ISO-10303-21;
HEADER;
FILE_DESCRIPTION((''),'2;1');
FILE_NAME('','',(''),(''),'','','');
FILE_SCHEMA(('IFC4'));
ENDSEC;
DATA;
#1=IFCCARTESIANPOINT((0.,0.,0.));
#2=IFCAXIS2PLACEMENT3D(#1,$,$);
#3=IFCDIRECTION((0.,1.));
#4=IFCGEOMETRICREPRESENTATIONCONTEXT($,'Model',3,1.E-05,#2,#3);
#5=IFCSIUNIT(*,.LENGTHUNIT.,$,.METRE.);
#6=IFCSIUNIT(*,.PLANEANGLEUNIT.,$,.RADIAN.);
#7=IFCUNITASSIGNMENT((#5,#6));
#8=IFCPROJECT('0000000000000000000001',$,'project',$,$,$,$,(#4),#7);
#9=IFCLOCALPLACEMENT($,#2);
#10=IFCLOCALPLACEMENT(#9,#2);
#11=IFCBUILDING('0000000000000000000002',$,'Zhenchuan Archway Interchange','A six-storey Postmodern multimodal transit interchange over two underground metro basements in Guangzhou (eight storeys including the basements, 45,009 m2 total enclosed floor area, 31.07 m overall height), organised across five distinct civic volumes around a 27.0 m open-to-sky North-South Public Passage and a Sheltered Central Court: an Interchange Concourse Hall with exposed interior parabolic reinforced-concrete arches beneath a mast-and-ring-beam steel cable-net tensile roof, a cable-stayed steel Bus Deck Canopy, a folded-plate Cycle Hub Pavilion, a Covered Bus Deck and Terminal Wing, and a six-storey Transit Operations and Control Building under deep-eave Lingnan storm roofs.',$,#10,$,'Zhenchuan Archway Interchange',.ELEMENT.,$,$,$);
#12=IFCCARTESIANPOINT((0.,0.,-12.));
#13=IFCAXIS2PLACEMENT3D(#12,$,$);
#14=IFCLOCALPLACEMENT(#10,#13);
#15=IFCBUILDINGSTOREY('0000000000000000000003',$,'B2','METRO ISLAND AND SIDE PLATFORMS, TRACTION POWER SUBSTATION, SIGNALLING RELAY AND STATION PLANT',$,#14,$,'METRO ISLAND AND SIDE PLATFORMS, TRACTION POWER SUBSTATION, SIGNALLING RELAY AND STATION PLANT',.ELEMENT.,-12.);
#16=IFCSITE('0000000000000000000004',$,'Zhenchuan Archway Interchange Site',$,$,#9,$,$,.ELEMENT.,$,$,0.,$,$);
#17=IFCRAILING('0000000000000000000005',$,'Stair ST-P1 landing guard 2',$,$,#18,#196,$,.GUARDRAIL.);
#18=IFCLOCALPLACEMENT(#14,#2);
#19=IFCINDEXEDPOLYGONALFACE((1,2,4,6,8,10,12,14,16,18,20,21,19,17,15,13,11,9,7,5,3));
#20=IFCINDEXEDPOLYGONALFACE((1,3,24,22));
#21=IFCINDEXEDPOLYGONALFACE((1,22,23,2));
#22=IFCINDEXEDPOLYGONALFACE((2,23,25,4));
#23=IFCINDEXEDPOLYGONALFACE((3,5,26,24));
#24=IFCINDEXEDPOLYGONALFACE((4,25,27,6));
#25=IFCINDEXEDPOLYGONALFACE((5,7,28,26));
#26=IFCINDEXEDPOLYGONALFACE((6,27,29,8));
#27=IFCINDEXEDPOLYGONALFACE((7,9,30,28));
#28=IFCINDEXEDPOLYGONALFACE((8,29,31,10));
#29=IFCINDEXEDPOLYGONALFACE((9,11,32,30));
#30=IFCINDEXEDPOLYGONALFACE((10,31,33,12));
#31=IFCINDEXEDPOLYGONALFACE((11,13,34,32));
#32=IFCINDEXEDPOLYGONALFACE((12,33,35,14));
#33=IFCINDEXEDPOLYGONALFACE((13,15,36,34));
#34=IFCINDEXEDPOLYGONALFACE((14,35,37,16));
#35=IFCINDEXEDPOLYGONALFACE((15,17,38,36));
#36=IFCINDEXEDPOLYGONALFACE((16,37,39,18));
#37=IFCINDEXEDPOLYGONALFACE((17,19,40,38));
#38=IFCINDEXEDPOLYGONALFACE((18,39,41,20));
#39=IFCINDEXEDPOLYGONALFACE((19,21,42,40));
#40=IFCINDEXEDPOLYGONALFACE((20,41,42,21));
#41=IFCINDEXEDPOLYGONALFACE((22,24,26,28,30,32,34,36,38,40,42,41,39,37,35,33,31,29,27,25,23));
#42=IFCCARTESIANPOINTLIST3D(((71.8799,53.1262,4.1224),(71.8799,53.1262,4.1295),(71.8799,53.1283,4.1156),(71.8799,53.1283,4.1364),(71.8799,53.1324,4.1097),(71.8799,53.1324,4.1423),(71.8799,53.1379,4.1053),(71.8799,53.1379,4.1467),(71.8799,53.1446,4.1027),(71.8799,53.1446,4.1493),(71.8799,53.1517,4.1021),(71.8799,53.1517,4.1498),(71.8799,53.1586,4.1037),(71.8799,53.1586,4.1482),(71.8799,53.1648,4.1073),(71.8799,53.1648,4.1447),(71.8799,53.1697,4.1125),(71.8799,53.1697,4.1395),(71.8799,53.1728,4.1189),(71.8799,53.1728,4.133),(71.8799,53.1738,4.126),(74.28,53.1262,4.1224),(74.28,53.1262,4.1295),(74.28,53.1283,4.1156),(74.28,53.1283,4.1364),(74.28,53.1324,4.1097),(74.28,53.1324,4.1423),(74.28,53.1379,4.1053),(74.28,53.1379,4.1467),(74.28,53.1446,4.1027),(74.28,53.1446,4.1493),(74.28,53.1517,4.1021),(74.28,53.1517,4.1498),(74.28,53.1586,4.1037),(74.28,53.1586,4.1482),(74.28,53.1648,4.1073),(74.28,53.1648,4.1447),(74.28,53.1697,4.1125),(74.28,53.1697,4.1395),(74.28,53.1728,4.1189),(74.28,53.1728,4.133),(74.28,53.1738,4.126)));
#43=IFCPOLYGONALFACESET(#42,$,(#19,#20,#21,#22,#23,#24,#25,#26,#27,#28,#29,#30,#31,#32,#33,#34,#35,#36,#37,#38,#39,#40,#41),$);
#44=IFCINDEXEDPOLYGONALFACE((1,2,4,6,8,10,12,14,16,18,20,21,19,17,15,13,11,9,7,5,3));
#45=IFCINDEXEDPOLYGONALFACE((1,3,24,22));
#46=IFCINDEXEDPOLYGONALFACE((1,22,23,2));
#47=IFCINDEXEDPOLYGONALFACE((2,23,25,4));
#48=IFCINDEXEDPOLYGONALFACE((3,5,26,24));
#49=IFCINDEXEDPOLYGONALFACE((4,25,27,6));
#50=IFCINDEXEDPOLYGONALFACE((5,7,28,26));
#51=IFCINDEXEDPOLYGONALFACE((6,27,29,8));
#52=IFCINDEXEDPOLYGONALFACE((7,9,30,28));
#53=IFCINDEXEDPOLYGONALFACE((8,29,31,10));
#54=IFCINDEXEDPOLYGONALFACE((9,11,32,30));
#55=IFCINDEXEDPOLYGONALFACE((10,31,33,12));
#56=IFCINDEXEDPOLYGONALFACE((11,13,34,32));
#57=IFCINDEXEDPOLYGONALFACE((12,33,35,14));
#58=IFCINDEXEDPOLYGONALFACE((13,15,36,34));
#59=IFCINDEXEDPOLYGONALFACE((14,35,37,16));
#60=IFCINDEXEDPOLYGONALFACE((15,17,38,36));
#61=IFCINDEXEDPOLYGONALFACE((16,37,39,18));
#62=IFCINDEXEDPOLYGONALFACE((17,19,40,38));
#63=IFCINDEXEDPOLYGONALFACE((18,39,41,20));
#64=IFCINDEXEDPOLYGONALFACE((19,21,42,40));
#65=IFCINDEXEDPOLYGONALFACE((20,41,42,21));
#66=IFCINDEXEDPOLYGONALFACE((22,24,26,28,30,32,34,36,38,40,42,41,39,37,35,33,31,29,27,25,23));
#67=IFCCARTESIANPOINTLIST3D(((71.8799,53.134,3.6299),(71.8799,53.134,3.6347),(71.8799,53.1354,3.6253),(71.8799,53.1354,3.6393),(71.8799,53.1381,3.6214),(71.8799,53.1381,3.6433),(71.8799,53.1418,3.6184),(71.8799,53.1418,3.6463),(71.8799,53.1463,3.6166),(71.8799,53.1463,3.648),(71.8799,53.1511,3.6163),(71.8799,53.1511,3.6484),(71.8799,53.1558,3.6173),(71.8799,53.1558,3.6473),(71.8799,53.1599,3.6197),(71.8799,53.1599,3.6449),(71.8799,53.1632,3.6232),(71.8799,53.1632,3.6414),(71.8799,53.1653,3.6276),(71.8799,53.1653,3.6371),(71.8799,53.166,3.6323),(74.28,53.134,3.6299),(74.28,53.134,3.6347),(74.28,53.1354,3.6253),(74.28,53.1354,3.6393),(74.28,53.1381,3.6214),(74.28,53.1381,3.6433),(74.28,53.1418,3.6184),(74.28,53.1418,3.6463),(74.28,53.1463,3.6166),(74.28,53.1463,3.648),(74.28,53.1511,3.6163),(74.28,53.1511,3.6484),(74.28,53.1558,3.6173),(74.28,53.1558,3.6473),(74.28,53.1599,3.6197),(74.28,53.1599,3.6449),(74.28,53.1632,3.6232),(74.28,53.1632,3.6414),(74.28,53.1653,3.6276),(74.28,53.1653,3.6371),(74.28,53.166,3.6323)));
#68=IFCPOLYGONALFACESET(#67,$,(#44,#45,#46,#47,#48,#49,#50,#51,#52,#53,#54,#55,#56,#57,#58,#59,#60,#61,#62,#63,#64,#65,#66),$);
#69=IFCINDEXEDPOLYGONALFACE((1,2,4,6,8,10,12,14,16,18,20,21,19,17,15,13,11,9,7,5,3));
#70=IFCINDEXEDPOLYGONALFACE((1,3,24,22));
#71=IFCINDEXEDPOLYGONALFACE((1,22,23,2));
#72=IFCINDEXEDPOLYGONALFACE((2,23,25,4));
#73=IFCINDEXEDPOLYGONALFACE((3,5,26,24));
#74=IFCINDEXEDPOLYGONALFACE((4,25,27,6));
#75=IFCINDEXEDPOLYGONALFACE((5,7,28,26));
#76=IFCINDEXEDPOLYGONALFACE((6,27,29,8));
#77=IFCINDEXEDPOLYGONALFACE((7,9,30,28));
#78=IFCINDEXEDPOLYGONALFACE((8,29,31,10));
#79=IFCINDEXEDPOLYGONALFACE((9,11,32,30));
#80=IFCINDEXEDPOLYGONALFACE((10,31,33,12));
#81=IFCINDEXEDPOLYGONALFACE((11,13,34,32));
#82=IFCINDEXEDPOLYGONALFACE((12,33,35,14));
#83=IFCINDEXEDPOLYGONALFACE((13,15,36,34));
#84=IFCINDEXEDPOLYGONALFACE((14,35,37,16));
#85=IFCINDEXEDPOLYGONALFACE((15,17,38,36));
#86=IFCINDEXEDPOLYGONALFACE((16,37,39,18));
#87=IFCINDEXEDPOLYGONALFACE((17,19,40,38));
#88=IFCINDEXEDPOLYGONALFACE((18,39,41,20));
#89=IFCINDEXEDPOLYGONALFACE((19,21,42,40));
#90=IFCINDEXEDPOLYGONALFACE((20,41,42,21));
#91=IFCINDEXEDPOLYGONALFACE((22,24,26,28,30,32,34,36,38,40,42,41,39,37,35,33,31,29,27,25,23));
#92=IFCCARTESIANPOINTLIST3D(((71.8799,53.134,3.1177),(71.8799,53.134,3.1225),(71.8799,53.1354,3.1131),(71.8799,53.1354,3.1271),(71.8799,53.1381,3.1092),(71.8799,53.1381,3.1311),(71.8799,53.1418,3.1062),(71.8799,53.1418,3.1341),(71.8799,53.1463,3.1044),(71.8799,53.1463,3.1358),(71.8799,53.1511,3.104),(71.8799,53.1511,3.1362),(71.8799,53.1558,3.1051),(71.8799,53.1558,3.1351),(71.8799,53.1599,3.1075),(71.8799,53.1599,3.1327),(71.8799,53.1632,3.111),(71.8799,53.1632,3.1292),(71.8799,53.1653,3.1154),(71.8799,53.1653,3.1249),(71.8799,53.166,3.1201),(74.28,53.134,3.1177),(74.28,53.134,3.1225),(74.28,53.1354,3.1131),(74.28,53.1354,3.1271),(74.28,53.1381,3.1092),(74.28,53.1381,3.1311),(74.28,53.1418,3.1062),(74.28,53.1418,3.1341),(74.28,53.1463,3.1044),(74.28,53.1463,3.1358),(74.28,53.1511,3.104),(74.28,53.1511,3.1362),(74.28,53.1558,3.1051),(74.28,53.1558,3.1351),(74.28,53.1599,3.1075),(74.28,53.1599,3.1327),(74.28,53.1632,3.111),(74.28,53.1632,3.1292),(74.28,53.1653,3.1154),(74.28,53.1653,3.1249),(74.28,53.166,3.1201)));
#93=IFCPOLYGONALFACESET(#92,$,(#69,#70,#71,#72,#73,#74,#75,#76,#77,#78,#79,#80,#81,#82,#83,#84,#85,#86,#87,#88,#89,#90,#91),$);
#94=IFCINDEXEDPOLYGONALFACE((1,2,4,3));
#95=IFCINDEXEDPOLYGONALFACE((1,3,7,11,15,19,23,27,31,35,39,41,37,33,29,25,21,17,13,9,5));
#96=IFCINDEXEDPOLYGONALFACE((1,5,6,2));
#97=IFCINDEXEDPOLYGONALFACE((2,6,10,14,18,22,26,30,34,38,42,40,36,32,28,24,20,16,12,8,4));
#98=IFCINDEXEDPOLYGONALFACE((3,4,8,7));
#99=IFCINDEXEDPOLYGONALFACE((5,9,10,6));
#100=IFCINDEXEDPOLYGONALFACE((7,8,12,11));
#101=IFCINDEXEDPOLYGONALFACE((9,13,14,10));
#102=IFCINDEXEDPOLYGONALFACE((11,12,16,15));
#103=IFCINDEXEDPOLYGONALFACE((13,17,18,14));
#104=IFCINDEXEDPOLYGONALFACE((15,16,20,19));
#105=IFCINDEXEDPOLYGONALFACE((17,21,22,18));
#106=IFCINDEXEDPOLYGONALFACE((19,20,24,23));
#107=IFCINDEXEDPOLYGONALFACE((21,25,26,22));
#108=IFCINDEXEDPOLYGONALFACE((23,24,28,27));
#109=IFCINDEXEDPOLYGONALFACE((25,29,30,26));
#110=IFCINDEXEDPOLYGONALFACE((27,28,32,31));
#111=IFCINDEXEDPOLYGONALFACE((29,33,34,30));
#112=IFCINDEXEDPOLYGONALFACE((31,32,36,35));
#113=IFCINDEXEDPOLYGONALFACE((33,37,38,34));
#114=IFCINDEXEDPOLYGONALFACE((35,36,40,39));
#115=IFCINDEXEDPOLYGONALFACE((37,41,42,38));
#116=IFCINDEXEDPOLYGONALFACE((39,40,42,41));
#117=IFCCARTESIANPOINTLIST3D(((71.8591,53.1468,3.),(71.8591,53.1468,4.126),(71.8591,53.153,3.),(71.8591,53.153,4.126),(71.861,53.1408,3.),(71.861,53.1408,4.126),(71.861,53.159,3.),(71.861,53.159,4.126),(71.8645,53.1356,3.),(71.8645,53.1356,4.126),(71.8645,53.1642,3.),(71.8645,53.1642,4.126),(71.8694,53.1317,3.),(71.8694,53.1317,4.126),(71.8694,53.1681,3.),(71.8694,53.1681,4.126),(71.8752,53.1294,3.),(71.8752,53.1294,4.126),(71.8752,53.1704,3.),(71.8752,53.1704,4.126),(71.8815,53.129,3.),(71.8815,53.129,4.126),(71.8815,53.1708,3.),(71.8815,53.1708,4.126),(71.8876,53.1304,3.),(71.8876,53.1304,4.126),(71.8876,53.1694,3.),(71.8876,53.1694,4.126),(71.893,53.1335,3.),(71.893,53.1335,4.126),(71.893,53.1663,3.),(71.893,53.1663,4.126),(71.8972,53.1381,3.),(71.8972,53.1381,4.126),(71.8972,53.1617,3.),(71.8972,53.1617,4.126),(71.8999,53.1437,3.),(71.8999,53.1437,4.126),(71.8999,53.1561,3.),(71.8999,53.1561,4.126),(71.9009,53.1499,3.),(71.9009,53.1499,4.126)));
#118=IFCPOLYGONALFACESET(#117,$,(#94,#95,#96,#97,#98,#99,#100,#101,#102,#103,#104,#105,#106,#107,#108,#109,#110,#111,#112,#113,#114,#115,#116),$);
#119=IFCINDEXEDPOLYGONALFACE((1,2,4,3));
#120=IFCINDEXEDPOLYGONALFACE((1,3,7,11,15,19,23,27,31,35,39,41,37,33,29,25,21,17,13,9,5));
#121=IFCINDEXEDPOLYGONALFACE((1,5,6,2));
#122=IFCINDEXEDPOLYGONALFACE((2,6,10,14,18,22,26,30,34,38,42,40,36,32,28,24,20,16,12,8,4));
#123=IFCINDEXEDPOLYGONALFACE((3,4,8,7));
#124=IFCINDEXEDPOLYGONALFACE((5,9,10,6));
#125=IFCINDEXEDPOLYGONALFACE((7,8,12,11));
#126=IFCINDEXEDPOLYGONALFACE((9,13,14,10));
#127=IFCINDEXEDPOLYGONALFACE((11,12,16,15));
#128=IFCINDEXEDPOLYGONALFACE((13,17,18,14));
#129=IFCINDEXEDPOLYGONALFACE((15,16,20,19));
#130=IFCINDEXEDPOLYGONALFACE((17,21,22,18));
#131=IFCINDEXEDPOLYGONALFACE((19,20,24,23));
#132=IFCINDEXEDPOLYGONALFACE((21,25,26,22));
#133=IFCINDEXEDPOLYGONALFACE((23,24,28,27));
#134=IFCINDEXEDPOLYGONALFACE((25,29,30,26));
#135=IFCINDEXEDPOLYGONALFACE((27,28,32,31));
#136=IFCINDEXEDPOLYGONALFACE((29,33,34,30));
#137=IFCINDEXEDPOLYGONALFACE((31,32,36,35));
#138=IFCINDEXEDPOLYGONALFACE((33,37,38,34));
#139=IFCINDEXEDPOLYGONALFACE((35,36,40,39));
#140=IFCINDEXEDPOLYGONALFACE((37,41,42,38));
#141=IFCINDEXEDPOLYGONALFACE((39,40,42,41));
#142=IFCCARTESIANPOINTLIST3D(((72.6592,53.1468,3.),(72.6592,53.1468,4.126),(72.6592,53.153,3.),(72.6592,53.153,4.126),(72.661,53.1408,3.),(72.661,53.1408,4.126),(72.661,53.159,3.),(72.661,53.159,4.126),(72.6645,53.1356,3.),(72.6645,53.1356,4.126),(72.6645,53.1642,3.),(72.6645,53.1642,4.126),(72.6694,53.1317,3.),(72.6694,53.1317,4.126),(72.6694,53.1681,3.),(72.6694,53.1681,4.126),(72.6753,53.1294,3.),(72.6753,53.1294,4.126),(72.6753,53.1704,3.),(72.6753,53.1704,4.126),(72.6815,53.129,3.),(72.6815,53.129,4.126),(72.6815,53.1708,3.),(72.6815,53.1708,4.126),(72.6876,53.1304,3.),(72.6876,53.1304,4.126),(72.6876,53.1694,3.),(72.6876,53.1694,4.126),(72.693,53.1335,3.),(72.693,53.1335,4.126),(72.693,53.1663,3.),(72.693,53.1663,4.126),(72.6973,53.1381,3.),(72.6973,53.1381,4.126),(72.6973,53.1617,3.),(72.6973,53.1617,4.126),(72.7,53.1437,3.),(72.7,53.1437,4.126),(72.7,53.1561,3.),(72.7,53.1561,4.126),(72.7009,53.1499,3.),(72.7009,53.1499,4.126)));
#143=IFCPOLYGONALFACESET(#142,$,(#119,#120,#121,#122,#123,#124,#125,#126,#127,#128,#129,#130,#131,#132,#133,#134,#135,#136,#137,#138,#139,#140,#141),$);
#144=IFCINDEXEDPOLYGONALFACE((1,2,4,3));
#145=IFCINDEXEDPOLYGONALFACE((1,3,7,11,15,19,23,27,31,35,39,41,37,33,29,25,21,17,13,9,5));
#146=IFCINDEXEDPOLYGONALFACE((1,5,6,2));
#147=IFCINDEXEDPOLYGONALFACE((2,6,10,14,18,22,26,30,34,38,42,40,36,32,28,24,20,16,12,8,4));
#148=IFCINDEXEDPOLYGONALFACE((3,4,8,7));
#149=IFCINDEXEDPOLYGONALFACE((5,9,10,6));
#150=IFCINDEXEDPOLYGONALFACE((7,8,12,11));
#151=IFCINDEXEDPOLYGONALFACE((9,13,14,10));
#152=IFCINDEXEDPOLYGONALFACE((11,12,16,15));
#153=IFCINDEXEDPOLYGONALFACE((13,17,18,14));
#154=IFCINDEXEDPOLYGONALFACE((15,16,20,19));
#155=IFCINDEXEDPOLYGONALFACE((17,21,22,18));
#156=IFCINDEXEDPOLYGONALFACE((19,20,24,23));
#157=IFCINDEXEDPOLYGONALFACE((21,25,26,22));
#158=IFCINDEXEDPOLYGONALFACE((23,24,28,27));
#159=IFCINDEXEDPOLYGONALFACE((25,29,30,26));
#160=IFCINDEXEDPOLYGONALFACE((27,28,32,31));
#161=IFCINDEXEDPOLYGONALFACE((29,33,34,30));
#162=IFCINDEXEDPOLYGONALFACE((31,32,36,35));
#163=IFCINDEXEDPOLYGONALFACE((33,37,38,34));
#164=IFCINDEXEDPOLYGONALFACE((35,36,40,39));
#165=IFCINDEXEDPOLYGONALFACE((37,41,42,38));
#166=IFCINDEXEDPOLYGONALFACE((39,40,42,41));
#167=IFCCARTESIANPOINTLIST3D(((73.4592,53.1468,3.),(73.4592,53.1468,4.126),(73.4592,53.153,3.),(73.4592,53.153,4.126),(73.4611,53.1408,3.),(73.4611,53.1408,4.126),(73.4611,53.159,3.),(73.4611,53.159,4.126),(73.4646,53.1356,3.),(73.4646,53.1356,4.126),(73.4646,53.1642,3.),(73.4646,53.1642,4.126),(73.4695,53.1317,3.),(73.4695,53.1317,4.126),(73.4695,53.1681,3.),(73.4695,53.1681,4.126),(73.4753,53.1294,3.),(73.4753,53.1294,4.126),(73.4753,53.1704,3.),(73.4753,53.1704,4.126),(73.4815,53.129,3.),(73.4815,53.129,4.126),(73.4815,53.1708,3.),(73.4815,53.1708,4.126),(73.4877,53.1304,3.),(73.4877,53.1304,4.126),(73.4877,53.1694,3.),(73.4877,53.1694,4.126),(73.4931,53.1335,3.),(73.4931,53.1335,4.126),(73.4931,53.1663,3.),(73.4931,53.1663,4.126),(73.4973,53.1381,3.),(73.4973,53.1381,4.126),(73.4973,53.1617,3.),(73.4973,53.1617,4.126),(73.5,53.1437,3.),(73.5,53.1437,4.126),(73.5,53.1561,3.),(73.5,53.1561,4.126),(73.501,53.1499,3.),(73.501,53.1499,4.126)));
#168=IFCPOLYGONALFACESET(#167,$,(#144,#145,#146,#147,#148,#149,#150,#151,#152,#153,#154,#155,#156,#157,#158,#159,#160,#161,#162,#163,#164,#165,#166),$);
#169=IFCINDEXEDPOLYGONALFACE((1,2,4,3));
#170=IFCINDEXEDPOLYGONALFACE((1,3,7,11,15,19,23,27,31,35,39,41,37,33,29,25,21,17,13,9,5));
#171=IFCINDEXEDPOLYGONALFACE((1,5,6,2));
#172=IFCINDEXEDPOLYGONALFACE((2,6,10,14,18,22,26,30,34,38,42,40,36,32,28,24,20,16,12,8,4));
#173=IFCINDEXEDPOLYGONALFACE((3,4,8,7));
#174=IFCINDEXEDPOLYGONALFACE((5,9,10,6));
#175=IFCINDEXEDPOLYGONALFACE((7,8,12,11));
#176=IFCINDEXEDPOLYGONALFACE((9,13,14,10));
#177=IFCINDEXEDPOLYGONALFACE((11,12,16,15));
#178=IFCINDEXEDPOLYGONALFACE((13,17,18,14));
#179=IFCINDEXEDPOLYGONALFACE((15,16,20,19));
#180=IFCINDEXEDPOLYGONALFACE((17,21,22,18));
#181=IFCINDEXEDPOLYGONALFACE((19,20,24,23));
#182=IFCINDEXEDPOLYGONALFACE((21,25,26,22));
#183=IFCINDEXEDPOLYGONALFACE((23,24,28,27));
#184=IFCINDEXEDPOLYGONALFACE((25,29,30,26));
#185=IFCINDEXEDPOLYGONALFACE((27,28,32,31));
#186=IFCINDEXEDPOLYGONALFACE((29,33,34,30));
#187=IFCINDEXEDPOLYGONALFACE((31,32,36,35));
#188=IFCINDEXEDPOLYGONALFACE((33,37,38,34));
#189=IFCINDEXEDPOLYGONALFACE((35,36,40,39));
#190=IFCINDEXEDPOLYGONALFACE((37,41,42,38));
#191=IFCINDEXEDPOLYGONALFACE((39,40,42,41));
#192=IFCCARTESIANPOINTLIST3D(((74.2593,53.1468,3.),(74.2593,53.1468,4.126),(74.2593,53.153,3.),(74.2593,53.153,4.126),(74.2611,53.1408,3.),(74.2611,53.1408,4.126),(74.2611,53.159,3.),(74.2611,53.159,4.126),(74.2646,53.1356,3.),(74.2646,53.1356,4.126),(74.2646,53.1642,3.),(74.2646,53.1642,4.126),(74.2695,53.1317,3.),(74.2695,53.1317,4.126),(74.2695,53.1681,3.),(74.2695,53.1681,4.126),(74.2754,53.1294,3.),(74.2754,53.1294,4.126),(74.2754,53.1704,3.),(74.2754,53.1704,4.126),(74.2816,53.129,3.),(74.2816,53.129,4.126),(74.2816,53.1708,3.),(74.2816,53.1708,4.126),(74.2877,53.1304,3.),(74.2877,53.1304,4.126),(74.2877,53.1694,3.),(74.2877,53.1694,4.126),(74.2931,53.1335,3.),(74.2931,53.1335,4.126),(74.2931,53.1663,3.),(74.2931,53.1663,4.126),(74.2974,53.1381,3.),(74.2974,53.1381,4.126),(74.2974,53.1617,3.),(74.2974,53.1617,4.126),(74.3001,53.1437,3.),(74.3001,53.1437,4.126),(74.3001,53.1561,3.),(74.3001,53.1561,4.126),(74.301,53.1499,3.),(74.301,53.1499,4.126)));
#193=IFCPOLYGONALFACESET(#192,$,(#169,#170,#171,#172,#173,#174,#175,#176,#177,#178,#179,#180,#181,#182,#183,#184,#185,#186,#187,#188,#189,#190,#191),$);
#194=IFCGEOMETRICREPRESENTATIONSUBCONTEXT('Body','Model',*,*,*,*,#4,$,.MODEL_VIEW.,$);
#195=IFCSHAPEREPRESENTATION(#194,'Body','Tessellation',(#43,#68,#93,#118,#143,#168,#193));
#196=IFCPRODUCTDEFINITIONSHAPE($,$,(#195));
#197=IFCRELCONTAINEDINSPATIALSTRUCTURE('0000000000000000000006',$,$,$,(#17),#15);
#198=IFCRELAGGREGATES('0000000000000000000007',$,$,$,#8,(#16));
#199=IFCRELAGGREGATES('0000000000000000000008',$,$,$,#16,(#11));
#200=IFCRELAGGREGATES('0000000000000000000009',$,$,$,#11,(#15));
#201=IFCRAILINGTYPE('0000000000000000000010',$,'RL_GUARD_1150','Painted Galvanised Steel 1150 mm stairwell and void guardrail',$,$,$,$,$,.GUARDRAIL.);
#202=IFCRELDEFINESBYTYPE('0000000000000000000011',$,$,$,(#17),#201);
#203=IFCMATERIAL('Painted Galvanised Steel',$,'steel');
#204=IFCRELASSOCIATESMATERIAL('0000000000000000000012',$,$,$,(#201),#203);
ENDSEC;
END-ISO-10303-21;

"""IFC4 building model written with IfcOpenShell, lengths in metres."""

from ifc_helpers import new_model, si_unit, direction, frame, origin, origin_2d, place, context, subcontext, project, spatial, circle, extrude, material, type_object, element, save


model = new_model("IFC4")

# Units and contexts
model_context = context("Model", 3, precision=1e-05, world=origin(), true_north=direction((0.0, 1.0)))
body_context = subcontext(model_context, "Body", "Model", "MODEL_VIEW")
ifc_project = project(units=[si_unit("LENGTHUNIT", "METRE"), si_unit("PLANEANGLEUNIT", "RADIAN")], contexts=[model_context])

# Site, building, storey
site_placement = place(None, origin())
site = spatial("IfcSite", under=ifc_project, at=site_placement, Name="Zhenchuan Archway Interchange Site", CompositionType="ELEMENT", RefElevation=0.0)
building_placement = place(site_placement, origin())
building = spatial("IfcBuilding", under=site, at=building_placement, Name="Zhenchuan Archway Interchange", Description="A six-storey Postmodern multimodal transit interchange over two underground metro basements in Guangzhou (eight storeys including the basements, 45,009 m2 total enclosed floor area, 31.07 m overall height), organised across five distinct civic volumes around a 27.0 m open-to-sky North-South Public Passage and a Sheltered Central Court: an Interchange Concourse Hall with exposed interior parabolic reinforced-concrete arches beneath a mast-and-ring-beam steel cable-net tensile roof, a cable-stayed steel Bus Deck Canopy, a folded-plate Cycle Hub Pavilion, a Covered Bus Deck and Terminal Wing, and a six-storey Transit Operations and Control Building under deep-eave Lingnan storm roofs.", LongName="Zhenchuan Archway Interchange", CompositionType="ELEMENT")
storey_placement = place(building_placement, frame((0.0, 0.0, -12.0)))
storey = spatial("IfcBuildingStorey", under=building, at=storey_placement, Name="B2", Description="METRO ISLAND AND SIDE PLATFORMS, TRACTION POWER SUBSTATION, SIGNALLING RELAY AND STATION PLANT", LongName="METRO ISLAND AND SIDE PLATFORMS, TRACTION POWER SUBSTATION, SIGNALLING RELAY AND STATION PLANT", CompositionType="ELEMENT", Elevation=-12.0)

# Railing
ifc_material_1 = material(Name="Painted Galvanised Steel", Category="steel")
railing_type_1 = type_object("IfcRailingType", Name="RL_GUARD_1150", Description="Painted Galvanised Steel 1150 mm stairwell and void guardrail", PredefinedType="GUARDRAIL", material=ifc_material_1)
for number, where, name in (
    (1, (71.8799, 53.1499, 3.0), "Stair ST-P1 landing guard 2"),
):
    element("IfcRailing", number, at=place(storey_placement, frame(where)), inside=storey, type_object=railing_type_1, Name=name, PredefinedType="GUARDRAIL", context=body_context, shape_type="SweptSolid", body=[
        extrude(circle(Radius=0.0239, at=origin_2d()), frame((0.0, 0.0, 1.126), z_axis=(1.0, 0.0, 0.0), x_axis=(0.0, 1.0, 0.0)), (0.0, 0.0, 1.0), 2.4001),
        extrude(circle(Radius=0.0161, at=origin_2d()), frame((0.0, 0.0, 0.6323), z_axis=(1.0, 0.0, 0.0), x_axis=(0.0, 1.0, 0.0)), (0.0, 0.0, 1.0), 2.4001),
        extrude(circle(Radius=0.0161, at=origin_2d()), frame((0.0, 0.0, 0.1201), z_axis=(1.0, 0.0, 0.0), x_axis=(0.0, 1.0, 0.0)), (0.0, 0.0, 1.0), 2.4001),
        extrude(circle(Radius=0.021, at=origin_2d()), origin(), (0.0, 0.0, 1.0), 1.126),
        extrude(circle(Radius=0.021, at=origin_2d()), frame((0.8, 0.0, 0.0)), (0.0, 0.0, 1.0), 1.126),
        extrude(circle(Radius=0.021, at=origin_2d()), frame((1.6001, 0.0, 0.0)), (0.0, 0.0, 1.0), 1.126),
        extrude(circle(Radius=0.021, at=origin_2d()), frame((2.4001, 0.0, 0.0)), (0.0, 0.0, 1.0), 1.126),
    ])

save(model, "model.ifc")
